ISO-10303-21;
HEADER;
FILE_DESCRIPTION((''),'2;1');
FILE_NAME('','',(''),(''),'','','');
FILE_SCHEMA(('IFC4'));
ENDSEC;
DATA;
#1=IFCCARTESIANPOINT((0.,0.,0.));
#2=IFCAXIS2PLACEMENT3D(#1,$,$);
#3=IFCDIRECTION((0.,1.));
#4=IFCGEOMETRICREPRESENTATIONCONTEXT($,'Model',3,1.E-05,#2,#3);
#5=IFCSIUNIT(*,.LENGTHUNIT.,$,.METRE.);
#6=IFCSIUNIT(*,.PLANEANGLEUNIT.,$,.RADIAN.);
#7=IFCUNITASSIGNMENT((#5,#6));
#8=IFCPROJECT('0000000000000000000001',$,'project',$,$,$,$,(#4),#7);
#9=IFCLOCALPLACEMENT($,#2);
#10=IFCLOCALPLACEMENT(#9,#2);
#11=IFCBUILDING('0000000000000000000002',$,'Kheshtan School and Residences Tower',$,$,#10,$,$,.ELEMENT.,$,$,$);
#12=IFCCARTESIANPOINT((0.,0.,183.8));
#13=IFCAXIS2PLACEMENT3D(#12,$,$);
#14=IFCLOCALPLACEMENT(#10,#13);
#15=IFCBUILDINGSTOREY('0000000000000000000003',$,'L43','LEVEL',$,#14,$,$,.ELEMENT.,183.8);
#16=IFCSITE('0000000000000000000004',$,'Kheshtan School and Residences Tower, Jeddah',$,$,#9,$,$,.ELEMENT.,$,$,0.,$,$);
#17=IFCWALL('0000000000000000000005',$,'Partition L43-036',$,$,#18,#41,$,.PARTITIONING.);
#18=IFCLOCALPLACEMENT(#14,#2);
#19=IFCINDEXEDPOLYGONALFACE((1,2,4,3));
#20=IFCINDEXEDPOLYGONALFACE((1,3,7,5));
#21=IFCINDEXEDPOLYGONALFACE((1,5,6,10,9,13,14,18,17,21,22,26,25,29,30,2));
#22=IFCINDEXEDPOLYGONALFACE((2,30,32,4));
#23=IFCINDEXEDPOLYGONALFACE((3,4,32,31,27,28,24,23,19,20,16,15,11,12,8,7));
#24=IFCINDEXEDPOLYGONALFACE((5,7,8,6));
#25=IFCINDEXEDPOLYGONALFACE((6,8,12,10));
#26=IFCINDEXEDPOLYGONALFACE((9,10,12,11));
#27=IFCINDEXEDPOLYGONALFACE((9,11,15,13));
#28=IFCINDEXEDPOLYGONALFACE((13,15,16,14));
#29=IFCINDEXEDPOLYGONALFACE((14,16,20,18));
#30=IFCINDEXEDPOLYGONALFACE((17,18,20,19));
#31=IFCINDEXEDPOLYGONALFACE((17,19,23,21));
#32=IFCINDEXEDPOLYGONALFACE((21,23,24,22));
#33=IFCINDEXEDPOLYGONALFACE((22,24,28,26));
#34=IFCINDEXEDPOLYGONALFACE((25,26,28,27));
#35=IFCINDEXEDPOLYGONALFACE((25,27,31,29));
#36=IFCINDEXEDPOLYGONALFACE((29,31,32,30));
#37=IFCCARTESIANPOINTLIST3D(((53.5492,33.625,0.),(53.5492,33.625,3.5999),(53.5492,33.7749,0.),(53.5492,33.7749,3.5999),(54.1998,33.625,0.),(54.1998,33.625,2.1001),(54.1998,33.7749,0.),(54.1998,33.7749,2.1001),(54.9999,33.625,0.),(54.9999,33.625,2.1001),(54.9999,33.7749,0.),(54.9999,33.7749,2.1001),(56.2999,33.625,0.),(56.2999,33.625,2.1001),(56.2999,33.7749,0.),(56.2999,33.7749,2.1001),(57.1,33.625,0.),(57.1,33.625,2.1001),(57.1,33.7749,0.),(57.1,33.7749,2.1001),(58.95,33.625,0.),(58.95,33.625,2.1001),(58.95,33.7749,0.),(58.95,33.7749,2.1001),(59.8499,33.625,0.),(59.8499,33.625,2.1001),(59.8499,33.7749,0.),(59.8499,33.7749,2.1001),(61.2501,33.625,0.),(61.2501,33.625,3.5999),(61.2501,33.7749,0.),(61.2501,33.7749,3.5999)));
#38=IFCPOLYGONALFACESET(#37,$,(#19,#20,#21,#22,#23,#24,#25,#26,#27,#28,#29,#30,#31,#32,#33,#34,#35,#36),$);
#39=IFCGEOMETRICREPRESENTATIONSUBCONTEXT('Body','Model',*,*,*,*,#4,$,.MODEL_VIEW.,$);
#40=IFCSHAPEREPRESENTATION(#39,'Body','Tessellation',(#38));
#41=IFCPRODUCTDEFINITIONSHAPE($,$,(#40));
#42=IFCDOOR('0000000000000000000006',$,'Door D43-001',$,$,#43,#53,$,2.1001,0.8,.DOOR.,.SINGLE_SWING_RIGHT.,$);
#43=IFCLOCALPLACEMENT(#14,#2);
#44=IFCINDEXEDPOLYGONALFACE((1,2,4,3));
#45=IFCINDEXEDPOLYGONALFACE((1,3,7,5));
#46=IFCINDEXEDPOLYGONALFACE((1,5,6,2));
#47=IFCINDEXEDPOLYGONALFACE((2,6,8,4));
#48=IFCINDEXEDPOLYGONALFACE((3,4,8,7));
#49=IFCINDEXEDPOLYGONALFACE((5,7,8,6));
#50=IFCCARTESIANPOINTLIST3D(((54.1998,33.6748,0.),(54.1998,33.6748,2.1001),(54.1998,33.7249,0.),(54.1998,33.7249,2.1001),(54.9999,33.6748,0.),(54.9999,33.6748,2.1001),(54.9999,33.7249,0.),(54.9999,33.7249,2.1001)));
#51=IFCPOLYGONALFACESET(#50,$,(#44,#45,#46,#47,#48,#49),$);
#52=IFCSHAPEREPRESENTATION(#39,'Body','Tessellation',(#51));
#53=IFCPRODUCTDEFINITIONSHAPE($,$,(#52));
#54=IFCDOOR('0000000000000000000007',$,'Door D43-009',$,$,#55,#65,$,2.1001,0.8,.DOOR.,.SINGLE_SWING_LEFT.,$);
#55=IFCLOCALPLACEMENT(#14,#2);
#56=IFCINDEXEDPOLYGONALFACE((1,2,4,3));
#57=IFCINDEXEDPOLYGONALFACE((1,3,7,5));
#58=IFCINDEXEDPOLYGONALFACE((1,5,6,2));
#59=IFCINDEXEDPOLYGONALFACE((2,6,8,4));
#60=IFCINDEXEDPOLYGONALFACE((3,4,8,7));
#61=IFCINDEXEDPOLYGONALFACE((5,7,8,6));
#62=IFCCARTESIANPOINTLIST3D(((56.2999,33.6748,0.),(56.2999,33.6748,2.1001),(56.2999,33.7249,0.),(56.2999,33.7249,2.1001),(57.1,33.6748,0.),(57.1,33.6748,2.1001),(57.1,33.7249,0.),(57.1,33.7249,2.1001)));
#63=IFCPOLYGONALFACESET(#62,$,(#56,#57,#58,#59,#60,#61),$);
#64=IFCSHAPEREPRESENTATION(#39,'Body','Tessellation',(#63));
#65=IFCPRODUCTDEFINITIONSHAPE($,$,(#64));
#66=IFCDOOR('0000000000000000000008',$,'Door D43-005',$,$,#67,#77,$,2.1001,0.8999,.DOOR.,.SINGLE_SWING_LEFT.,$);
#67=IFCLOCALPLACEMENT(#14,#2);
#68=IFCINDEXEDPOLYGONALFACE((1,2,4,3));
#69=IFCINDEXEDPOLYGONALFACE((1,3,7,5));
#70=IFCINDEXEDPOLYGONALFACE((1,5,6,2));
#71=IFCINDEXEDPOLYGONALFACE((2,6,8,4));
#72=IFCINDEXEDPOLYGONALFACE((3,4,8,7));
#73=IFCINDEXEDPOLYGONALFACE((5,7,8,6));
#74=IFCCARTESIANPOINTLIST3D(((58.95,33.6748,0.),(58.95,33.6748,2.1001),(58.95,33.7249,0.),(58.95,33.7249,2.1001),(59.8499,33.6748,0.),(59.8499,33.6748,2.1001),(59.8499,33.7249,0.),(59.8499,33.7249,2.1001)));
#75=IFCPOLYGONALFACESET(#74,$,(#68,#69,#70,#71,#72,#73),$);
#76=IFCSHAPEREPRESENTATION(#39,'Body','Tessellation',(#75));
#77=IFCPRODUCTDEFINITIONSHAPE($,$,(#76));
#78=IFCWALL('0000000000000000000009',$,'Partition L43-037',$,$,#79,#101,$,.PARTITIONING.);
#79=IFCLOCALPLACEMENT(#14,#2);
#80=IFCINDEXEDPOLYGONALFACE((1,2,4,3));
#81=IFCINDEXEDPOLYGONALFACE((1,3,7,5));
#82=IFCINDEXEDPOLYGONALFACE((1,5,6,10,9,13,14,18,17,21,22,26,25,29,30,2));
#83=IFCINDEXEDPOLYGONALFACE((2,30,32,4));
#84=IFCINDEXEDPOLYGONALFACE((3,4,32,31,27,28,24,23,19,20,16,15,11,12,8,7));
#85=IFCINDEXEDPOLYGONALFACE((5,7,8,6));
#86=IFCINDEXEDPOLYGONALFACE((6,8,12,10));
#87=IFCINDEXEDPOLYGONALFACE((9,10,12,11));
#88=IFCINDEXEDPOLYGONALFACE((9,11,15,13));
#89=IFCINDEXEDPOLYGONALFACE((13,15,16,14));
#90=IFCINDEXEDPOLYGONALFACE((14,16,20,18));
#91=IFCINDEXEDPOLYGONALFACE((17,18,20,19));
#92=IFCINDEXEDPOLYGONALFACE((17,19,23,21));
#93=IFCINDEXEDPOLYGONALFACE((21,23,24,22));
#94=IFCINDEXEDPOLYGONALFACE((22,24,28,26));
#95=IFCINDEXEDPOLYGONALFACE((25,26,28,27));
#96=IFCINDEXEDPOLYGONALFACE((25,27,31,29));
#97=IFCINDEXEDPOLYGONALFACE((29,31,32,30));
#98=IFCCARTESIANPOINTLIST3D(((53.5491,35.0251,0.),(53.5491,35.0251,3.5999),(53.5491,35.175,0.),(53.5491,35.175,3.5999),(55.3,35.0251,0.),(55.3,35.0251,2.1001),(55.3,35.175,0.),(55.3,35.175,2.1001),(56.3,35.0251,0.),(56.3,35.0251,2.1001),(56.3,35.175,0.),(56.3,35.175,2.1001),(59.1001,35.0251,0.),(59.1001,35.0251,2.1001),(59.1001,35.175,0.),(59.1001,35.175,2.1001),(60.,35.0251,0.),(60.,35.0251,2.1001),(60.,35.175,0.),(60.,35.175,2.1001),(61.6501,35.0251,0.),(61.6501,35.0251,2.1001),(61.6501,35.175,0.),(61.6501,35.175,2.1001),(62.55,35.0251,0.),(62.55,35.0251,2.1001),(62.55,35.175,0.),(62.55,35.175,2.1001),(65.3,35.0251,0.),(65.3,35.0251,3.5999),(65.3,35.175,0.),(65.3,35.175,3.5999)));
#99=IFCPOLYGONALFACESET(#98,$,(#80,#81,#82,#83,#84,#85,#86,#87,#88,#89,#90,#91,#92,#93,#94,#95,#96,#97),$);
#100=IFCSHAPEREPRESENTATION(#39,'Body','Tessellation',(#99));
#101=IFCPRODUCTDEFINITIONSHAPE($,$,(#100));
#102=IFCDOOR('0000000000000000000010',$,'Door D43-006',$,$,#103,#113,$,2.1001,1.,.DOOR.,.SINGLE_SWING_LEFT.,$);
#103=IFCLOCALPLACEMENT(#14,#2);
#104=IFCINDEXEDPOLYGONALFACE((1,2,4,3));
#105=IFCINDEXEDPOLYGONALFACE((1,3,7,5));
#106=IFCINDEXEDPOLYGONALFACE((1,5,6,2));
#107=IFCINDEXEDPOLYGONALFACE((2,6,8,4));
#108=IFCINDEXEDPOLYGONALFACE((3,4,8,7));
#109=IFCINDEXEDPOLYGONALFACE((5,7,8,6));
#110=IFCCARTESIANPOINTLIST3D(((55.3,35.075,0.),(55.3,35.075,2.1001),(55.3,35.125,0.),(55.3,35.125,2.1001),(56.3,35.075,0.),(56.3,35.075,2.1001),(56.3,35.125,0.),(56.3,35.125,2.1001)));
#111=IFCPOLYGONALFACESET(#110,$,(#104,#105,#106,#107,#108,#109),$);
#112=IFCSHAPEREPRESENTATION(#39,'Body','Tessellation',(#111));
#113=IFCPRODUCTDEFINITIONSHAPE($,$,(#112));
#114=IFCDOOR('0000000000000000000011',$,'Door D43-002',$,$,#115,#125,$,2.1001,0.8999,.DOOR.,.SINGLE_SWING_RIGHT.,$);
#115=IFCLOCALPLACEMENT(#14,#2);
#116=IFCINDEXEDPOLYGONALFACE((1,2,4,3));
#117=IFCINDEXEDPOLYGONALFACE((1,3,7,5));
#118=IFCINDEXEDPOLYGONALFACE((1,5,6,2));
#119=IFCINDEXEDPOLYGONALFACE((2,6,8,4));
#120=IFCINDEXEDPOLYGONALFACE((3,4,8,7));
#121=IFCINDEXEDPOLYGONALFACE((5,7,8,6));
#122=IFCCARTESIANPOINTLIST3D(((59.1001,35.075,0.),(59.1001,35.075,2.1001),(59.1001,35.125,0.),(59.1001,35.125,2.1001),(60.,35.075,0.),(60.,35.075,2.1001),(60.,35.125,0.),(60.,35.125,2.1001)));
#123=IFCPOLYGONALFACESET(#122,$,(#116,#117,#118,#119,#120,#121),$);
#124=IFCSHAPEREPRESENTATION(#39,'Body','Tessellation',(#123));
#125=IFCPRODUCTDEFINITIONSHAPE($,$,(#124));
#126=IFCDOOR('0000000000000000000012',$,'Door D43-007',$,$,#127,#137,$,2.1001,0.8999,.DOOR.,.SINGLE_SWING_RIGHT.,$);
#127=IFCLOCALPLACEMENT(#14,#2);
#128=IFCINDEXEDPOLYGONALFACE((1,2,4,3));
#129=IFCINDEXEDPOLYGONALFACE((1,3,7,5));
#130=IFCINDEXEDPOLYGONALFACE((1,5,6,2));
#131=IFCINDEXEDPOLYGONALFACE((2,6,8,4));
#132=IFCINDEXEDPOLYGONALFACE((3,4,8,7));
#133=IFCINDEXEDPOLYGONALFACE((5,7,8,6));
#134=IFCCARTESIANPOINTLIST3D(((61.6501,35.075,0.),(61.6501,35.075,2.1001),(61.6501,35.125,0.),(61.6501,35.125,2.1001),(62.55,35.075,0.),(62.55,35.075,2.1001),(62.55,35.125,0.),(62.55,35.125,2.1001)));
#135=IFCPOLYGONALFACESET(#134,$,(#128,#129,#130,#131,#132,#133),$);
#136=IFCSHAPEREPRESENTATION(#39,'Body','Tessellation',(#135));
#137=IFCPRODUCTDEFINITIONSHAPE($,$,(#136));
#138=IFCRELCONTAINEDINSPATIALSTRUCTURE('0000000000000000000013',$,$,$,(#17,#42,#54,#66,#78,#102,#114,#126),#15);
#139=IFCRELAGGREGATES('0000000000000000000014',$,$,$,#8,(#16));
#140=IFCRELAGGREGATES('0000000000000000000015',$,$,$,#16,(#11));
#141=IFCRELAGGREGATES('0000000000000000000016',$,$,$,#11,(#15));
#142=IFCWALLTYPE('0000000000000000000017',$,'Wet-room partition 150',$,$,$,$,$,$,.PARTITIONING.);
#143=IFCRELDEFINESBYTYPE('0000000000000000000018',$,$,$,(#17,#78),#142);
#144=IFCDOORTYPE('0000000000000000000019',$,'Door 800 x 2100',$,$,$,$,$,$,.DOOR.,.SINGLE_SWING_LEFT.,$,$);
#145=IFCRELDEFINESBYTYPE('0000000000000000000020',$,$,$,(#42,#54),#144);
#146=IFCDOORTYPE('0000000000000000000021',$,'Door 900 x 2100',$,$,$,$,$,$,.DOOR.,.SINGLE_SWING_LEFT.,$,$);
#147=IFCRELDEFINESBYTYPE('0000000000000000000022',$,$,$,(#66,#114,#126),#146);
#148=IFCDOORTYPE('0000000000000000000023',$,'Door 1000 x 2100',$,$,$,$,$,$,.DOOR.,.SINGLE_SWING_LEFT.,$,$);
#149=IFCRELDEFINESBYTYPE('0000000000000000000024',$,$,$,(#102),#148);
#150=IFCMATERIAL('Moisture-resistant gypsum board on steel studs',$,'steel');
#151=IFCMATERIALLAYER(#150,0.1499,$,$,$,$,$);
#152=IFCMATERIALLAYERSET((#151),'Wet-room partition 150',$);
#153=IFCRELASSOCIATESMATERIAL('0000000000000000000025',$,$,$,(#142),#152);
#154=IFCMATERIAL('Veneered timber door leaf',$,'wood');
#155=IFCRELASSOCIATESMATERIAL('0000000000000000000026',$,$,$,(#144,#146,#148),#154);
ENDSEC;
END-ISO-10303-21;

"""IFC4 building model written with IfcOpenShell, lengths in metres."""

from ifc_helpers import new_model, si_unit, direction, frame, frame_2d, origin, place, context, subcontext, project, spatial, rectangle, extrude, source, transform, mapped, material, layer, layer_set, type_object, element, fill, save


model = new_model("IFC4")

# Units and contexts
model_context = context("Model", 3, precision=1e-05, world=origin(), true_north=direction((0.0, 1.0)))
body_context = subcontext(model_context, "Body", "Model", "MODEL_VIEW")
ifc_project = project(units=[si_unit("LENGTHUNIT", "METRE"), si_unit("PLANEANGLEUNIT", "RADIAN")], contexts=[model_context])

# Site, building, storey
site_placement = place(None, origin())
site = spatial("IfcSite", under=ifc_project, at=site_placement, Name="Kheshtan School and Residences Tower, Jeddah", CompositionType="ELEMENT", RefElevation=0.0)
building_placement = place(site_placement, origin())
building = spatial("IfcBuilding", under=site, at=building_placement, Name="Kheshtan School and Residences Tower", CompositionType="ELEMENT")
storey_placement = place(building_placement, frame((0.0, 0.0, 183.8)))
storey = spatial("IfcBuildingStorey", under=building, at=storey_placement, Name="L43", Description="LEVEL", CompositionType="ELEMENT", Elevation=183.8)

# Walls, openings, doors
ifc_material_1 = material(Name="Moisture-resistant gypsum board on steel studs", Category="steel")
ifc_layer_1 = layer(ifc_material_1, 0.1499)
ifc_layer_set_1 = layer_set([ifc_layer_1], Name="Wet-room partition 150")
wall_type_1 = type_object("IfcWallType", Name="Wet-room partition 150", PredefinedType="PARTITIONING", material=ifc_layer_set_1)
wall_1_placement = place(storey_placement, frame((53.5491, 33.7, 0.0), z_axis=(0.0, 0.0, 1.0), x_axis=(1.0, 0.0, 0.0)))
wall_1 = element("IfcWall", 1, at=wall_1_placement, inside=storey, type_object=wall_type_1, Name="Partition L43-036", PredefinedType="PARTITIONING", context=body_context, shape_type="SweptSolid", body=[
    extrude(rectangle(XDim=7.7009, YDim=0.1499, at=frame_2d((3.8506, 0.0))), origin(), (0.0, 0.0, 1.0), 3.5999),
])
opening_1_placement = place(wall_1_placement, frame((0.6509, 0.0, 0.0)))
opening_1 = element("IfcOpeningElement", 2, at=opening_1_placement, cuts=wall_1, PredefinedType="OPENING", context=body_context, shape_type="SweptSolid", body=[
    extrude(rectangle(XDim=0.8, YDim=2.1001, at=frame_2d((0.3999, 1.05))), frame((0.0, 0.085, 0.0), z_axis=(0.0, -1.0, 0.0), x_axis=(1.0, 0.0, 0.0)), (0.0, 0.0, 1.0), 0.1699),
])
opening_2_placement = place(wall_1_placement, frame((5.4009, 0.0, 0.0)))
opening_2 = element("IfcOpeningElement", 3, at=opening_2_placement, cuts=wall_1, PredefinedType="OPENING", context=body_context, shape_type="SweptSolid", body=[
    extrude(rectangle(XDim=0.8999, YDim=2.1001, at=frame_2d((0.45, 1.05))), frame((0.0, 0.085, 0.0), z_axis=(0.0, -1.0, 0.0), x_axis=(1.0, 0.0, 0.0)), (0.0, 0.0, 1.0), 0.1699),
])
opening_3_placement = place(wall_1_placement, frame((2.751, 0.0, 0.0)))
opening_3 = element("IfcOpeningElement", 4, at=opening_3_placement, cuts=wall_1, PredefinedType="OPENING", context=body_context, shape_type="SweptSolid", body=[
    extrude(rectangle(XDim=0.8, YDim=2.1001, at=frame_2d((0.3999, 1.05))), frame((0.0, 0.085, 0.0), z_axis=(0.0, -1.0, 0.0), x_axis=(1.0, 0.0, 0.0)), (0.0, 0.0, 1.0), 0.1699),
])
ifc_material_2 = material(Name="Veneered timber door leaf", Category="wood")
door_type_1 = type_object("IfcDoorType", Name="Door 800 x 2100", OperationType="SINGLE_SWING_LEFT", PredefinedType="DOOR", material=ifc_material_2)
shared_shape_1 = source(origin(), body_context, "Body", "SweptSolid", [
    extrude(rectangle(XDim=0.8, YDim=2.1001, at=frame_2d((0.3999, 1.05))), frame((0.0, 0.0249, 0.0), z_axis=(0.0, -1.0, 0.0), x_axis=(1.0, 0.0, 0.0)), (0.0, 0.0, 1.0), 0.05),
])
door_1_placement = place(opening_1_placement, origin())
door_1 = element("IfcDoor", 5, at=door_1_placement, inside=storey, type_object=door_type_1, Name="Door D43-001", OperationType="SINGLE_SWING_RIGHT", OverallHeight=2.1001, OverallWidth=0.8, PredefinedType="DOOR", context=body_context, shape_type="MappedRepresentation", body=[
    mapped(shared_shape_1, transform((0.0, 0.0, 0.0), x_axis=(1.0, 0.0, 0.0), y_axis=(0.0, 1.0, 0.0), z_axis=(0.0, 0.0, 1.0), scale=1.0)),
])
fill(opening_1, door_1)
door_2_placement = place(opening_3_placement, origin())
door_2 = element("IfcDoor", 6, at=door_2_placement, inside=storey, type_object=door_type_1, Name="Door D43-009", OperationType="SINGLE_SWING_LEFT", OverallHeight=2.1001, OverallWidth=0.8, PredefinedType="DOOR", context=body_context, shape_type="MappedRepresentation", body=[
    mapped(shared_shape_1, transform((0.0, 0.0, 0.0), x_axis=(1.0, 0.0, 0.0), y_axis=(0.0, 1.0, 0.0), z_axis=(0.0, 0.0, 1.0), scale=1.0)),
])
fill(opening_3, door_2)
door_type_2 = type_object("IfcDoorType", Name="Door 900 x 2100", OperationType="SINGLE_SWING_LEFT", PredefinedType="DOOR", material=ifc_material_2)
shared_shape_2 = source(origin(), body_context, "Body", "SweptSolid", [
    extrude(rectangle(XDim=0.8999, YDim=2.1001, at=frame_2d((0.45, 1.05))), frame((0.0, 0.0249, 0.0), z_axis=(0.0, -1.0, 0.0), x_axis=(1.0, 0.0, 0.0)), (0.0, 0.0, 1.0), 0.05),
])
door_3_placement = place(opening_2_placement, origin())
door_3 = element("IfcDoor", 7, at=door_3_placement, inside=storey, type_object=door_type_2, Name="Door D43-005", OperationType="SINGLE_SWING_LEFT", OverallHeight=2.1001, OverallWidth=0.8999, PredefinedType="DOOR", context=body_context, shape_type="MappedRepresentation", body=[
    mapped(shared_shape_2, transform((0.0, 0.0, 0.0), x_axis=(1.0, 0.0, 0.0), y_axis=(0.0, 1.0, 0.0), z_axis=(0.0, 0.0, 1.0), scale=1.0)),
])
fill(opening_2, door_3)
wall_2_placement = place(storey_placement, frame((53.5491, 35.1001, 0.0), z_axis=(0.0, 0.0, 1.0), x_axis=(1.0, 0.0, 0.0)))
wall_2 = element("IfcWall", 8, at=wall_2_placement, inside=storey, type_object=wall_type_1, Name="Partition L43-037", PredefinedType="PARTITIONING", context=body_context, shape_type="SweptSolid", body=[
    extrude(rectangle(XDim=11.751, YDim=0.1499, at=frame_2d((5.8755, 0.0))), origin(), (0.0, 0.0, 1.0), 3.5999),
])
opening_4_placement = place(wall_2_placement, frame((5.551, 0.0, 0.0)))
opening_4 = element("IfcOpeningElement", 9, at=opening_4_placement, cuts=wall_2, PredefinedType="OPENING", context=body_context, shape_type="SweptSolid", body=[
    extrude(rectangle(XDim=0.8999, YDim=2.1001, at=frame_2d((0.45, 1.05))), frame((0.0, 0.085, 0.0), z_axis=(0.0, -1.0, 0.0), x_axis=(1.0, 0.0, 0.0)), (0.0, 0.0, 1.0), 0.1699),
])
opening_5_placement = place(wall_2_placement, frame((1.751, 0.0, 0.0)))
opening_5 = element("IfcOpeningElement", 10, at=opening_5_placement, cuts=wall_2, PredefinedType="OPENING", context=body_context, shape_type="SweptSolid", body=[
    extrude(rectangle(XDim=1.0, YDim=2.1001, at=frame_2d((0.5, 1.05))), frame((0.0, 0.085, 0.0), z_axis=(0.0, -1.0, 0.0), x_axis=(1.0, 0.0, 0.0)), (0.0, 0.0, 1.0), 0.1699),
])
opening_6_placement = place(wall_2_placement, frame((8.1011, 0.0, 0.0)))
opening_6 = element("IfcOpeningElement", 11, at=opening_6_placement, cuts=wall_2, PredefinedType="OPENING", context=body_context, shape_type="SweptSolid", body=[
    extrude(rectangle(XDim=0.8999, YDim=2.1001, at=frame_2d((0.45, 1.05))), frame((0.0, 0.085, 0.0), z_axis=(0.0, -1.0, 0.0), x_axis=(1.0, 0.0, 0.0)), (0.0, 0.0, 1.0), 0.1699),
])
door_type_3 = type_object("IfcDoorType", Name="Door 1000 x 2100", OperationType="SINGLE_SWING_LEFT", PredefinedType="DOOR", material=ifc_material_2)
shared_shape_3 = source(origin(), body_context, "Body", "SweptSolid", [
    extrude(rectangle(XDim=1.0, YDim=2.1001, at=frame_2d((0.5, 1.05))), frame((0.0, 0.0249, 0.0), z_axis=(0.0, -1.0, 0.0), x_axis=(1.0, 0.0, 0.0)), (0.0, 0.0, 1.0), 0.05),
])
door_4_placement = place(opening_5_placement, origin())
door_4 = element("IfcDoor", 12, at=door_4_placement, inside=storey, type_object=door_type_3, Name="Door D43-006", OperationType="SINGLE_SWING_LEFT", OverallHeight=2.1001, OverallWidth=1.0, PredefinedType="DOOR", context=body_context, shape_type="MappedRepresentation", body=[
    mapped(shared_shape_3, transform((0.0, 0.0, 0.0), x_axis=(1.0, 0.0, 0.0), y_axis=(0.0, 1.0, 0.0), z_axis=(0.0, 0.0, 1.0), scale=1.0)),
])
fill(opening_5, door_4)
door_5_placement = place(opening_4_placement, origin())
door_5 = element("IfcDoor", 13, at=door_5_placement, inside=storey, type_object=door_type_2, Name="Door D43-002", OperationType="SINGLE_SWING_RIGHT", OverallHeight=2.1001, OverallWidth=0.8999, PredefinedType="DOOR", context=body_context, shape_type="MappedRepresentation", body=[
    mapped(shared_shape_2, transform((0.0, 0.0, 0.0), x_axis=(1.0, 0.0, 0.0), y_axis=(0.0, 1.0, 0.0), z_axis=(0.0, 0.0, 1.0), scale=1.0)),
])
fill(opening_4, door_5)
door_6_placement = place(opening_6_placement, origin())
door_6 = element("IfcDoor", 14, at=door_6_placement, inside=storey, type_object=door_type_2, Name="Door D43-007", OperationType="SINGLE_SWING_RIGHT", OverallHeight=2.1001, OverallWidth=0.8999, PredefinedType="DOOR", context=body_context, shape_type="MappedRepresentation", body=[
    mapped(shared_shape_2, transform((0.0, 0.0, 0.0), x_axis=(1.0, 0.0, 0.0), y_axis=(0.0, 1.0, 0.0), z_axis=(0.0, 0.0, 1.0), scale=1.0)),
])
fill(opening_6, door_6)

save(model, "model.ifc")
